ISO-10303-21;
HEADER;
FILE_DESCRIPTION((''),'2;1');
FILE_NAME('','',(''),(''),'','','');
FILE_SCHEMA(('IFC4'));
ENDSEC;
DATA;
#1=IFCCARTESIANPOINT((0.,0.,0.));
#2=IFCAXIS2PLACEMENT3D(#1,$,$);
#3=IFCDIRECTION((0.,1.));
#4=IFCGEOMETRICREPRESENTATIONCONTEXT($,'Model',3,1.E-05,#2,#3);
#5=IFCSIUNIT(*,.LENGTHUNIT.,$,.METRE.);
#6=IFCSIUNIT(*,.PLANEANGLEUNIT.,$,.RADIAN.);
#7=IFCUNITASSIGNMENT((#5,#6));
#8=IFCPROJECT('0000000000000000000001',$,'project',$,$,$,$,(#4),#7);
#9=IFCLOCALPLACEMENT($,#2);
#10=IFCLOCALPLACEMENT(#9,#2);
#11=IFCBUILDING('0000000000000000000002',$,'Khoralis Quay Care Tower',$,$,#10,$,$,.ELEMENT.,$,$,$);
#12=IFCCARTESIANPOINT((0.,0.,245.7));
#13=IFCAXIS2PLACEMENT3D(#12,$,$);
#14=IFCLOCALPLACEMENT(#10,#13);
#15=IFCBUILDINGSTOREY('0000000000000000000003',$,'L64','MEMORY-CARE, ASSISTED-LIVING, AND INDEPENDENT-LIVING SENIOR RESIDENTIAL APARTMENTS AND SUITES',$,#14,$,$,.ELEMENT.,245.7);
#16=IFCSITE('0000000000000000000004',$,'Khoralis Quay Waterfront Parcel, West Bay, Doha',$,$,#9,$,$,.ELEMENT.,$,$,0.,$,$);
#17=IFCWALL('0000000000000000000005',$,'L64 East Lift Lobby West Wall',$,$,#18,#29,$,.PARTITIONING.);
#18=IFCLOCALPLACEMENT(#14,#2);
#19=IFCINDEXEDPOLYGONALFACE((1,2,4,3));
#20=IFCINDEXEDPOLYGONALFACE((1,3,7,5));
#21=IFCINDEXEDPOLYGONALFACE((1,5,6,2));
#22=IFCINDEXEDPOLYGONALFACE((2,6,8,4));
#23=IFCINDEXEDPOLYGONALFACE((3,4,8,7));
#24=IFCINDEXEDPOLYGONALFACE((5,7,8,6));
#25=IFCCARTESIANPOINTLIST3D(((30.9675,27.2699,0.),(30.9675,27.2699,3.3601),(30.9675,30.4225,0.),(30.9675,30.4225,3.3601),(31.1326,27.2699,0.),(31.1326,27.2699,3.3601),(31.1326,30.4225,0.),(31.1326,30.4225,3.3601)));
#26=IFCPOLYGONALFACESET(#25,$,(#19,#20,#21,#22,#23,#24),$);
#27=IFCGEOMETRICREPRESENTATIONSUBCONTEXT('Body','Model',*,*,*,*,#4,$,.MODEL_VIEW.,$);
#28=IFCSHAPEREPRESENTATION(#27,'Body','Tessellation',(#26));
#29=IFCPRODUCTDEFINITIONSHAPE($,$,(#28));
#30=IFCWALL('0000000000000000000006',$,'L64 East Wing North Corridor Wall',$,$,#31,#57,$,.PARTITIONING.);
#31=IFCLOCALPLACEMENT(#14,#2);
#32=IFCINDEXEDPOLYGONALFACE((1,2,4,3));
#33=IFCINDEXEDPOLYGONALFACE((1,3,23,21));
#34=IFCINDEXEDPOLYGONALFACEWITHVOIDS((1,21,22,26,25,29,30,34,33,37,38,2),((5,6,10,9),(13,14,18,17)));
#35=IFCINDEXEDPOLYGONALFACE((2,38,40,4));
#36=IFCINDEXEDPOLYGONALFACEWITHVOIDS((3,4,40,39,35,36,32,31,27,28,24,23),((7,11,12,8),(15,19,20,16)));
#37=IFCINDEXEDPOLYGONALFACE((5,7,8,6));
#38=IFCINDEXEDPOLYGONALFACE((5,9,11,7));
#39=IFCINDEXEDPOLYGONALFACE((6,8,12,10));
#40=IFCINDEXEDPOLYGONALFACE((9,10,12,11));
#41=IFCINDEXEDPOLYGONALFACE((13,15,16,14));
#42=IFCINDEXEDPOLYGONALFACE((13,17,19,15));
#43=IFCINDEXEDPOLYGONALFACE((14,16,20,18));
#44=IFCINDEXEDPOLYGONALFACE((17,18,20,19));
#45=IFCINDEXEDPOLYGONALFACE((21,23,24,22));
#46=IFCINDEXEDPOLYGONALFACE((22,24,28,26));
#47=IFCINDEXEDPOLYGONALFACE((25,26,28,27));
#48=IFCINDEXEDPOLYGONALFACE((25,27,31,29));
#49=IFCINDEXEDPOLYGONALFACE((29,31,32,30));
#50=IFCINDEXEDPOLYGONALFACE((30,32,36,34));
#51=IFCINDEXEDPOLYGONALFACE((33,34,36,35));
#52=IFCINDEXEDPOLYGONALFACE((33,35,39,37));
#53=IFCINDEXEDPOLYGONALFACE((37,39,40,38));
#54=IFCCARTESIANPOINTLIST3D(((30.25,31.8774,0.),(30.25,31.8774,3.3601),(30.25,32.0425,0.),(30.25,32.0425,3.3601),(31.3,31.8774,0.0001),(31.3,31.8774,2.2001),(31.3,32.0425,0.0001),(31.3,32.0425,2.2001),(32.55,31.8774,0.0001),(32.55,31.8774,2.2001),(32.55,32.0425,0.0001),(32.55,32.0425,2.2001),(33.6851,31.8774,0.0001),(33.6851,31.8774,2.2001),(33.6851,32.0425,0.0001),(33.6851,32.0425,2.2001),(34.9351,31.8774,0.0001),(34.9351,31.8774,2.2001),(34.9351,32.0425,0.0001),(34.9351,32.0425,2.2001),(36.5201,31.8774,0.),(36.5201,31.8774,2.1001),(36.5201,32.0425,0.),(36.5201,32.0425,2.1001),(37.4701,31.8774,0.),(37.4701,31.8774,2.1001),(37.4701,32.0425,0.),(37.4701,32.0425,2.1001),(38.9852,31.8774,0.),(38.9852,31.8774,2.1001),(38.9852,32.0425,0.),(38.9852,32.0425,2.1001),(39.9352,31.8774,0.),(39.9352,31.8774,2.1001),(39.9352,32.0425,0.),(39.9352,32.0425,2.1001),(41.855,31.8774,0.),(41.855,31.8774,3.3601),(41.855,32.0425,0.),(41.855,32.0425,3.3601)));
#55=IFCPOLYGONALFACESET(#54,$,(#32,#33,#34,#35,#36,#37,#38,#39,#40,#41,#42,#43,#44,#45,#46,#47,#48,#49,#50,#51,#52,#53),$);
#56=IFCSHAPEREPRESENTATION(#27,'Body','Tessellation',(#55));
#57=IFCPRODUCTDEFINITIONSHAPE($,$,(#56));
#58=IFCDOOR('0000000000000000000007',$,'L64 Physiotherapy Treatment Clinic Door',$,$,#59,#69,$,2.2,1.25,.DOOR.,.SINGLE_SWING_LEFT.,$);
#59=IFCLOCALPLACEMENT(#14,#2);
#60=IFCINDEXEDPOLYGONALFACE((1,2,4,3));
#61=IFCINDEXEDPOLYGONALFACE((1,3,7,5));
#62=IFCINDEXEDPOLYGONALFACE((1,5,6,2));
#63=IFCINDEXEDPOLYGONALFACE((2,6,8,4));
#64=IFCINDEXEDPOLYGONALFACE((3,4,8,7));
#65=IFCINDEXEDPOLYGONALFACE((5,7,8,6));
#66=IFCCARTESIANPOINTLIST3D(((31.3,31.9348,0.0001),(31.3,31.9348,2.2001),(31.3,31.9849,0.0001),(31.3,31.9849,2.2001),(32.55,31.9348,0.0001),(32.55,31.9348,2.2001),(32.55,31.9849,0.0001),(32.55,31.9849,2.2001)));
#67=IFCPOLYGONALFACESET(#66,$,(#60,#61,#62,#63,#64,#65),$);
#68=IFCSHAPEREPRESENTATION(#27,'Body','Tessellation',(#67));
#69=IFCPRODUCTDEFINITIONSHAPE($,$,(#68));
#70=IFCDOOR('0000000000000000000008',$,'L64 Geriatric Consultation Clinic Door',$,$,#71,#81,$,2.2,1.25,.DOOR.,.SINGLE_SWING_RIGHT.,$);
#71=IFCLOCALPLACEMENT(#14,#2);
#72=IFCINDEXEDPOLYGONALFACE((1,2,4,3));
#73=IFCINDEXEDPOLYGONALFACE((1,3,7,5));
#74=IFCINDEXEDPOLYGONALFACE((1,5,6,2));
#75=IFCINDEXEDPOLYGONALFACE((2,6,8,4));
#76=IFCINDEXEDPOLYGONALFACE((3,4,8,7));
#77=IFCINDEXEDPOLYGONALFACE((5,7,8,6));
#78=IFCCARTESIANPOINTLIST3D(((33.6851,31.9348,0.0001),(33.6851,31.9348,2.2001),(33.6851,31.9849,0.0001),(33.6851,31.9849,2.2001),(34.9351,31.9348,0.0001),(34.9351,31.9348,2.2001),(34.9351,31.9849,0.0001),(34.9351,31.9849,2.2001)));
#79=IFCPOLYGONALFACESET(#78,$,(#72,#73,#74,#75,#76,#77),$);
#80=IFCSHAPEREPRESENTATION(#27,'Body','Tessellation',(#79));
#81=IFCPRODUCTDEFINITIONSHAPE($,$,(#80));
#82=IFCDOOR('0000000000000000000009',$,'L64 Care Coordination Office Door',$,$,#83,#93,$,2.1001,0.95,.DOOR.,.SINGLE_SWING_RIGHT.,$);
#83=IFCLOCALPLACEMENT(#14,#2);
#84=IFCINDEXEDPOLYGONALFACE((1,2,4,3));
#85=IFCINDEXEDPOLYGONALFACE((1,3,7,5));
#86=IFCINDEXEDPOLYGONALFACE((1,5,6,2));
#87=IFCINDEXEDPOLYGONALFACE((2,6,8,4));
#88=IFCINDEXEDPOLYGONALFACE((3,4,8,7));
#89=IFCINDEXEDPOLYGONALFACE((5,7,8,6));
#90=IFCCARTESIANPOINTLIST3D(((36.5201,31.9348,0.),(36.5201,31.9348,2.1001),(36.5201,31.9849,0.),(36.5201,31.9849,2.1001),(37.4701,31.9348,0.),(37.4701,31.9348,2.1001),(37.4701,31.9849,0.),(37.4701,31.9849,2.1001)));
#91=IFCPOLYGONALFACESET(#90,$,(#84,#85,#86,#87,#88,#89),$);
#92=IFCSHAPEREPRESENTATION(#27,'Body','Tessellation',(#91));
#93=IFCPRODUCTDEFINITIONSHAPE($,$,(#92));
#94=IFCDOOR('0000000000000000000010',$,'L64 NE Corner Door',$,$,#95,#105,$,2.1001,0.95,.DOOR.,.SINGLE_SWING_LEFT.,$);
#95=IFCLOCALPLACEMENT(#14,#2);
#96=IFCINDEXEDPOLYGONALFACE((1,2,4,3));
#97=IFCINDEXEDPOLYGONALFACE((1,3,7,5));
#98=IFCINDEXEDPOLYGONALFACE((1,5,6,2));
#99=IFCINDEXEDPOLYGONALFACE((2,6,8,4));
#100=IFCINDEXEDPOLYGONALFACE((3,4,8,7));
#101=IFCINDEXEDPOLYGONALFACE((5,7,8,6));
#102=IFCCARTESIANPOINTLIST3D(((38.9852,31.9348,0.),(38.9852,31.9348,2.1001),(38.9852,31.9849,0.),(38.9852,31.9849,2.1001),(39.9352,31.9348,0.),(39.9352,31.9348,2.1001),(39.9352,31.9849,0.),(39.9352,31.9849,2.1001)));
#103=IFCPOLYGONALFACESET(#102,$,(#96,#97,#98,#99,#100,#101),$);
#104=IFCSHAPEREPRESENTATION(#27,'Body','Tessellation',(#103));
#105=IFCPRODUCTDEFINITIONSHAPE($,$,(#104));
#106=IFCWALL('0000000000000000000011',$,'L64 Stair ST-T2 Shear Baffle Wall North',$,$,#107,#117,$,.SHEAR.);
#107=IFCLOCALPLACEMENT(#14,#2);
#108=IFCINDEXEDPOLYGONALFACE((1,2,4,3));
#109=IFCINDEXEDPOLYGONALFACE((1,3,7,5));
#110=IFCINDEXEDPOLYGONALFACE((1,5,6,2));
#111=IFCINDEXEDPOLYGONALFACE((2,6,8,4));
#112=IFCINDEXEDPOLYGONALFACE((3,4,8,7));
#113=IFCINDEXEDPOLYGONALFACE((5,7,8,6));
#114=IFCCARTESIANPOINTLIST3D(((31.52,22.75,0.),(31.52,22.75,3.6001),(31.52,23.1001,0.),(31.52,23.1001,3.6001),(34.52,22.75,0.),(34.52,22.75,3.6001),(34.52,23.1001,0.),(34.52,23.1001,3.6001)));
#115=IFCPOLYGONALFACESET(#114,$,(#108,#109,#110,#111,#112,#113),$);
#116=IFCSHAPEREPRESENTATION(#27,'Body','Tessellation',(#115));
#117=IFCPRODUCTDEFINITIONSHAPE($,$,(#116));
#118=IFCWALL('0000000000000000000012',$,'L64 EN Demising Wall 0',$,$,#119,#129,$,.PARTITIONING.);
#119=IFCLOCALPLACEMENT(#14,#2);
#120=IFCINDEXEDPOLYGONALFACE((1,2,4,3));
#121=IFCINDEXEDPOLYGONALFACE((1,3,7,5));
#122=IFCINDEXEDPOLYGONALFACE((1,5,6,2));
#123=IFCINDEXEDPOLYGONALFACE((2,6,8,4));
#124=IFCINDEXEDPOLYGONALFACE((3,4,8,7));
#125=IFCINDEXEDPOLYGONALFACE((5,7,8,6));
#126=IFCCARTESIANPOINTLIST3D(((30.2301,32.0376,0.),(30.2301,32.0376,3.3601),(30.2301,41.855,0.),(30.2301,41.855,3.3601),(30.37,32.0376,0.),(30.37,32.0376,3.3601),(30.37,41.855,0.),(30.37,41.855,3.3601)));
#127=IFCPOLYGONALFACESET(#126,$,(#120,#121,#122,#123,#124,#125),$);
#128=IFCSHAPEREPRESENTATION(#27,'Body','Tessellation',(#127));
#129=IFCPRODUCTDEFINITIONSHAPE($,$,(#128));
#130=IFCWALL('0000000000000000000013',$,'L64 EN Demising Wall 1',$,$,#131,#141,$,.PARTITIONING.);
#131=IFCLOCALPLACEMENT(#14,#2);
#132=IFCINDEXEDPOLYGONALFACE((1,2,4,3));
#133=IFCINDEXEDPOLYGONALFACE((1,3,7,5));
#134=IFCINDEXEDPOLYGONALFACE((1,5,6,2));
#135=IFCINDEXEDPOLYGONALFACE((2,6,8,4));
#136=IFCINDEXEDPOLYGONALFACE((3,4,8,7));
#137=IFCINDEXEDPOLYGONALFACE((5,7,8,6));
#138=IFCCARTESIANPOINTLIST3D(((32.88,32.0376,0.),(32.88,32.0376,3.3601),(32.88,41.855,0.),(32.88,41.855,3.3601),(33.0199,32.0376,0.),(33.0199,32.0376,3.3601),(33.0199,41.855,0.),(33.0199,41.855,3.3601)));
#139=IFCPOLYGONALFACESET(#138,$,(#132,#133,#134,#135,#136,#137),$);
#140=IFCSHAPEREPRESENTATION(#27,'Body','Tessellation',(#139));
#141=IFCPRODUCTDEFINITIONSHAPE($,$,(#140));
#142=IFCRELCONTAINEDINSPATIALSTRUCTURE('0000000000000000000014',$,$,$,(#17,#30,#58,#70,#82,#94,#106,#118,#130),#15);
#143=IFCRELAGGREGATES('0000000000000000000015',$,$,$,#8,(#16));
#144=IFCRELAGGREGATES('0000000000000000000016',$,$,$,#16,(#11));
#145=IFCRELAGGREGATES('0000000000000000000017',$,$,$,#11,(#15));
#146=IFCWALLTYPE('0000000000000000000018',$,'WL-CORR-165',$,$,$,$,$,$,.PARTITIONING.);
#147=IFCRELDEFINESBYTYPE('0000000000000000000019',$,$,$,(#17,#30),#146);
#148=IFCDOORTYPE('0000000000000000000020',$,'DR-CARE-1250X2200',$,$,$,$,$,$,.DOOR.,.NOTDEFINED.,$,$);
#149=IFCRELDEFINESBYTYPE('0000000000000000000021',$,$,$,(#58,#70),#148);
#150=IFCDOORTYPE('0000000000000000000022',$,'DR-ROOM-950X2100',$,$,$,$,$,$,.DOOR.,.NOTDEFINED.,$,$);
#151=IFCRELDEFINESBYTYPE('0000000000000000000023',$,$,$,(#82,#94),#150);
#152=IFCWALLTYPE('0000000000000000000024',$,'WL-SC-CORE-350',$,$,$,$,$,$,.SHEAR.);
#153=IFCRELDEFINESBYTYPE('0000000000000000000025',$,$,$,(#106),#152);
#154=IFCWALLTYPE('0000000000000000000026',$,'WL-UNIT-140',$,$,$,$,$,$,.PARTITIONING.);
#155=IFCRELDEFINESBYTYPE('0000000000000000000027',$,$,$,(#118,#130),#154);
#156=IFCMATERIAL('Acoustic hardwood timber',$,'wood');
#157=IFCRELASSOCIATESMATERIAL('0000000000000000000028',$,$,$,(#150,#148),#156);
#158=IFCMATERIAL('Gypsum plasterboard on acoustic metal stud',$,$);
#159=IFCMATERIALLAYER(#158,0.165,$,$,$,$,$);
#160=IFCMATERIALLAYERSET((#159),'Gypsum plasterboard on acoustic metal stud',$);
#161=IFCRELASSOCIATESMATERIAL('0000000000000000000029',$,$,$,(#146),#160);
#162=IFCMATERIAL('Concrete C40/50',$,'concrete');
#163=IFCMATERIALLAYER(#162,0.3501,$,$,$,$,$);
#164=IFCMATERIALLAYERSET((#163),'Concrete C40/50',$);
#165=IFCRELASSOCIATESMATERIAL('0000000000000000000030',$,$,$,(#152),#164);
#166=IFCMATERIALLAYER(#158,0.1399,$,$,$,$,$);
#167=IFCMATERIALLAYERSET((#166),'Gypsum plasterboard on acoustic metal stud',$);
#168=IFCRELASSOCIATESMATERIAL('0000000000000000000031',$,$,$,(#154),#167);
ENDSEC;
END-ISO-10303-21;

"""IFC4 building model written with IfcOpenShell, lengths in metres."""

from ifc_helpers import new_model, si_unit, direction, frame, frame_2d, origin, place, context, subcontext, project, spatial, rectangle, extrude, source, transform, mapped, material, layer, layer_set, type_object, element, fill, save


model = new_model("IFC4")

# Units and contexts
model_context = context("Model", 3, precision=1e-05, world=origin(), true_north=direction((0.0, 1.0)))
body_context = subcontext(model_context, "Body", "Model", "MODEL_VIEW")
ifc_project = project(units=[si_unit("LENGTHUNIT", "METRE"), si_unit("PLANEANGLEUNIT", "RADIAN")], contexts=[model_context])

# Site, building, storey
site_placement = place(None, origin())
site = spatial("IfcSite", under=ifc_project, at=site_placement, Name="Khoralis Quay Waterfront Parcel, West Bay, Doha", CompositionType="ELEMENT", RefElevation=0.0)
building_placement = place(site_placement, origin())
building = spatial("IfcBuilding", under=site, at=building_placement, Name="Khoralis Quay Care Tower", CompositionType="ELEMENT")
storey_placement = place(building_placement, frame((0.0, 0.0, 245.7)))
storey = spatial("IfcBuildingStorey", under=building, at=storey_placement, Name="L64", Description="MEMORY-CARE, ASSISTED-LIVING, AND INDEPENDENT-LIVING SENIOR RESIDENTIAL APARTMENTS AND SUITES", CompositionType="ELEMENT", Elevation=245.7)

# Shared definitions
ifc_material_1 = material(Name="Acoustic hardwood timber", Category="wood")
door_type_1 = type_object("IfcDoorType", Name="DR-ROOM-950X2100", OperationType="NOTDEFINED", PredefinedType="DOOR", material=ifc_material_1)
shared_shape_1 = source(origin(), body_context, "Body", "SweptSolid", [
    extrude(rectangle(XDim=0.95, YDim=2.1001, at=frame_2d((0.4751, 1.05))), frame((0.0, 0.0249, 0.0), z_axis=(0.0, -1.0, 0.0), x_axis=(1.0, 0.0, 0.0)), (0.0, 0.0, 1.0), 0.05),
])

# Shared definitions
ifc_material_2 = material(Name="Gypsum plasterboard on acoustic metal stud")
ifc_layer_1 = layer(ifc_material_2, 0.165)
ifc_layer_set_1 = layer_set([ifc_layer_1], Name="Gypsum plasterboard on acoustic metal stud")
wall_type_1 = type_object("IfcWallType", Name="WL-CORR-165", PredefinedType="PARTITIONING", material=ifc_layer_set_1)

# Wall
wall_1_placement = place(storey_placement, frame((31.05, 27.27, 0.0), z_axis=(0.0, 0.0, 1.0), x_axis=(0.0, 1.0, 0.0)))
element("IfcWall", 1, at=wall_1_placement, inside=storey, type_object=wall_type_1, Name="L64 East Lift Lobby West Wall", PredefinedType="PARTITIONING", context=body_context, shape_type="SweptSolid", body=[
    extrude(rectangle(XDim=3.1526, YDim=0.165, at=frame_2d((1.5762, 0.0))), origin(), (0.0, 0.0, 1.0), 3.3601),
])

# Wall, openings, doors
wall_2_placement = place(storey_placement, frame((30.25, 31.96, 0.0), z_axis=(0.0, 0.0, 1.0), x_axis=(1.0, 0.0, 0.0)))
wall_2 = element("IfcWall", 2, at=wall_2_placement, inside=storey, type_object=wall_type_1, Name="L64 East Wing North Corridor Wall", PredefinedType="PARTITIONING", context=body_context, shape_type="SweptSolid", body=[
    extrude(rectangle(XDim=11.605, YDim=0.165, at=frame_2d((5.8025, 0.0))), origin(), (0.0, 0.0, 1.0), 3.3601),
])
opening_1_placement = place(wall_2_placement, frame((1.05, 0.0, 0.0)))
opening_1 = element("IfcOpeningElement", 3, at=opening_1_placement, cuts=wall_2, PredefinedType="OPENING", context=body_context, shape_type="SweptSolid", body=[
    extrude(rectangle(XDim=1.25, YDim=2.2, at=frame_2d((0.625, 1.1001))), frame((0.0, 0.0925, 0.0), z_axis=(0.0, -1.0, 0.0), x_axis=(1.0, 0.0, 0.0)), (0.0, 0.0, 1.0), 0.1851),
])
opening_2_placement = place(wall_2_placement, frame((3.4351, 0.0, 0.0)))
opening_2 = element("IfcOpeningElement", 4, at=opening_2_placement, cuts=wall_2, PredefinedType="OPENING", context=body_context, shape_type="SweptSolid", body=[
    extrude(rectangle(XDim=1.25, YDim=2.2, at=frame_2d((0.625, 1.1001))), frame((0.0, 0.0925, 0.0), z_axis=(0.0, -1.0, 0.0), x_axis=(1.0, 0.0, 0.0)), (0.0, 0.0, 1.0), 0.1851),
])
opening_3_placement = place(wall_2_placement, frame((6.27, 0.0, 0.0)))
opening_3 = element("IfcOpeningElement", 5, at=opening_3_placement, cuts=wall_2, PredefinedType="OPENING", context=body_context, shape_type="SweptSolid", body=[
    extrude(rectangle(XDim=0.95, YDim=2.1001, at=frame_2d((0.4751, 1.05))), frame((0.0, 0.0925, 0.0), z_axis=(0.0, -1.0, 0.0), x_axis=(1.0, 0.0, 0.0)), (0.0, 0.0, 1.0), 0.1851),
])
opening_4_placement = place(wall_2_placement, frame((8.7351, 0.0, 0.0)))
opening_4 = element("IfcOpeningElement", 6, at=opening_4_placement, cuts=wall_2, PredefinedType="OPENING", context=body_context, shape_type="SweptSolid", body=[
    extrude(rectangle(XDim=0.95, YDim=2.1001, at=frame_2d((0.4751, 1.05))), frame((0.0, 0.0925, 0.0), z_axis=(0.0, -1.0, 0.0), x_axis=(1.0, 0.0, 0.0)), (0.0, 0.0, 1.0), 0.1851),
])
door_type_2 = type_object("IfcDoorType", Name="DR-CARE-1250X2200", OperationType="NOTDEFINED", PredefinedType="DOOR", material=ifc_material_1)
shared_shape_2 = source(origin(), body_context, "Body", "SweptSolid", [
    extrude(rectangle(XDim=1.25, YDim=2.2, at=frame_2d((0.625, 1.1001))), frame((0.0, 0.0249, 0.0), z_axis=(0.0, -1.0, 0.0), x_axis=(1.0, 0.0, 0.0)), (0.0, 0.0, 1.0), 0.05),
])
door_1_placement = place(opening_1_placement, origin())
door_1 = element("IfcDoor", 7, at=door_1_placement, inside=storey, type_object=door_type_2, Name="L64 Physiotherapy Treatment Clinic Door", OperationType="SINGLE_SWING_LEFT", OverallHeight=2.2, OverallWidth=1.25, PredefinedType="DOOR", context=body_context, shape_type="MappedRepresentation", body=[
    mapped(shared_shape_2, transform((0.0, 0.0, 0.0), scale=1.0)),
])
fill(opening_1, door_1)
door_2_placement = place(opening_2_placement, origin())
door_2 = element("IfcDoor", 8, at=door_2_placement, inside=storey, type_object=door_type_2, Name="L64 Geriatric Consultation Clinic Door", OperationType="SINGLE_SWING_RIGHT", OverallHeight=2.2, OverallWidth=1.25, PredefinedType="DOOR", context=body_context, shape_type="MappedRepresentation", body=[
    mapped(shared_shape_2, transform((0.0, 0.0, 0.0), scale=1.0)),
])
fill(opening_2, door_2)
door_3_placement = place(opening_3_placement, origin())
door_3 = element("IfcDoor", 9, at=door_3_placement, inside=storey, type_object=door_type_1, Name="L64 Care Coordination Office Door", OperationType="SINGLE_SWING_RIGHT", OverallHeight=2.1001, OverallWidth=0.95, PredefinedType="DOOR", context=body_context, shape_type="MappedRepresentation", body=[
    mapped(shared_shape_1, transform((0.0, 0.0, 0.0), scale=1.0)),
])
fill(opening_3, door_3)
door_4_placement = place(opening_4_placement, origin())
door_4 = element("IfcDoor", 10, at=door_4_placement, inside=storey, type_object=door_type_1, Name="L64 NE Corner Door", OperationType="SINGLE_SWING_LEFT", OverallHeight=2.1001, OverallWidth=0.95, PredefinedType="DOOR", context=body_context, shape_type="MappedRepresentation", body=[
    mapped(shared_shape_1, transform((0.0, 0.0, 0.0), scale=1.0)),
])
fill(opening_4, door_4)

# Walls
ifc_material_3 = material(Name="Concrete C40/50", Category="concrete")
ifc_layer_2 = layer(ifc_material_3, 0.3501)
ifc_layer_set_2 = layer_set([ifc_layer_2], Name="Concrete C40/50")
wall_type_2 = type_object("IfcWallType", Name="WL-SC-CORE-350", PredefinedType="SHEAR", material=ifc_layer_set_2)
wall_3_placement = place(storey_placement, frame((31.52, 22.925, 0.0), z_axis=(0.0, 0.0, 1.0), x_axis=(1.0, 0.0, 0.0)))
element("IfcWall", 11, at=wall_3_placement, inside=storey, type_object=wall_type_2, Name="L64 Stair ST-T2 Shear Baffle Wall North", PredefinedType="SHEAR", context=body_context, shape_type="SweptSolid", body=[
    extrude(rectangle(XDim=3.0, YDim=0.3501, at=frame_2d((1.5, 0.0))), origin(), (0.0, 0.0, 1.0), 3.6001),
])
ifc_layer_3 = layer(ifc_material_2, 0.1399)
ifc_layer_set_3 = layer_set([ifc_layer_3], Name="Gypsum plasterboard on acoustic metal stud")
wall_type_3 = type_object("IfcWallType", Name="WL-UNIT-140", PredefinedType="PARTITIONING", material=ifc_layer_set_3)
for number, where, z_axis, x_axis, name in (
    (12, (30.3, 32.0376, 0.0), (0.0, 0.0, 1.0), (0.0, 1.0, 0.0), "L64 EN Demising Wall 0"),
    (13, (32.95, 32.0376, 0.0), (0.0, 0.0, 1.0), (0.0, 1.0, 0.0), "L64 EN Demising Wall 1"),
):
    element("IfcWall", number, at=place(storey_placement, frame(where, z_axis=z_axis, x_axis=x_axis)), inside=storey, type_object=wall_type_3, Name=name, PredefinedType="PARTITIONING", context=body_context, shape_type="SweptSolid", body=[
        extrude(rectangle(XDim=9.8174, YDim=0.1399, at=frame_2d((4.9087, 0.0))), origin(), (0.0, 0.0, 1.0), 3.3601),
    ])

save(model, "model.ifc")
